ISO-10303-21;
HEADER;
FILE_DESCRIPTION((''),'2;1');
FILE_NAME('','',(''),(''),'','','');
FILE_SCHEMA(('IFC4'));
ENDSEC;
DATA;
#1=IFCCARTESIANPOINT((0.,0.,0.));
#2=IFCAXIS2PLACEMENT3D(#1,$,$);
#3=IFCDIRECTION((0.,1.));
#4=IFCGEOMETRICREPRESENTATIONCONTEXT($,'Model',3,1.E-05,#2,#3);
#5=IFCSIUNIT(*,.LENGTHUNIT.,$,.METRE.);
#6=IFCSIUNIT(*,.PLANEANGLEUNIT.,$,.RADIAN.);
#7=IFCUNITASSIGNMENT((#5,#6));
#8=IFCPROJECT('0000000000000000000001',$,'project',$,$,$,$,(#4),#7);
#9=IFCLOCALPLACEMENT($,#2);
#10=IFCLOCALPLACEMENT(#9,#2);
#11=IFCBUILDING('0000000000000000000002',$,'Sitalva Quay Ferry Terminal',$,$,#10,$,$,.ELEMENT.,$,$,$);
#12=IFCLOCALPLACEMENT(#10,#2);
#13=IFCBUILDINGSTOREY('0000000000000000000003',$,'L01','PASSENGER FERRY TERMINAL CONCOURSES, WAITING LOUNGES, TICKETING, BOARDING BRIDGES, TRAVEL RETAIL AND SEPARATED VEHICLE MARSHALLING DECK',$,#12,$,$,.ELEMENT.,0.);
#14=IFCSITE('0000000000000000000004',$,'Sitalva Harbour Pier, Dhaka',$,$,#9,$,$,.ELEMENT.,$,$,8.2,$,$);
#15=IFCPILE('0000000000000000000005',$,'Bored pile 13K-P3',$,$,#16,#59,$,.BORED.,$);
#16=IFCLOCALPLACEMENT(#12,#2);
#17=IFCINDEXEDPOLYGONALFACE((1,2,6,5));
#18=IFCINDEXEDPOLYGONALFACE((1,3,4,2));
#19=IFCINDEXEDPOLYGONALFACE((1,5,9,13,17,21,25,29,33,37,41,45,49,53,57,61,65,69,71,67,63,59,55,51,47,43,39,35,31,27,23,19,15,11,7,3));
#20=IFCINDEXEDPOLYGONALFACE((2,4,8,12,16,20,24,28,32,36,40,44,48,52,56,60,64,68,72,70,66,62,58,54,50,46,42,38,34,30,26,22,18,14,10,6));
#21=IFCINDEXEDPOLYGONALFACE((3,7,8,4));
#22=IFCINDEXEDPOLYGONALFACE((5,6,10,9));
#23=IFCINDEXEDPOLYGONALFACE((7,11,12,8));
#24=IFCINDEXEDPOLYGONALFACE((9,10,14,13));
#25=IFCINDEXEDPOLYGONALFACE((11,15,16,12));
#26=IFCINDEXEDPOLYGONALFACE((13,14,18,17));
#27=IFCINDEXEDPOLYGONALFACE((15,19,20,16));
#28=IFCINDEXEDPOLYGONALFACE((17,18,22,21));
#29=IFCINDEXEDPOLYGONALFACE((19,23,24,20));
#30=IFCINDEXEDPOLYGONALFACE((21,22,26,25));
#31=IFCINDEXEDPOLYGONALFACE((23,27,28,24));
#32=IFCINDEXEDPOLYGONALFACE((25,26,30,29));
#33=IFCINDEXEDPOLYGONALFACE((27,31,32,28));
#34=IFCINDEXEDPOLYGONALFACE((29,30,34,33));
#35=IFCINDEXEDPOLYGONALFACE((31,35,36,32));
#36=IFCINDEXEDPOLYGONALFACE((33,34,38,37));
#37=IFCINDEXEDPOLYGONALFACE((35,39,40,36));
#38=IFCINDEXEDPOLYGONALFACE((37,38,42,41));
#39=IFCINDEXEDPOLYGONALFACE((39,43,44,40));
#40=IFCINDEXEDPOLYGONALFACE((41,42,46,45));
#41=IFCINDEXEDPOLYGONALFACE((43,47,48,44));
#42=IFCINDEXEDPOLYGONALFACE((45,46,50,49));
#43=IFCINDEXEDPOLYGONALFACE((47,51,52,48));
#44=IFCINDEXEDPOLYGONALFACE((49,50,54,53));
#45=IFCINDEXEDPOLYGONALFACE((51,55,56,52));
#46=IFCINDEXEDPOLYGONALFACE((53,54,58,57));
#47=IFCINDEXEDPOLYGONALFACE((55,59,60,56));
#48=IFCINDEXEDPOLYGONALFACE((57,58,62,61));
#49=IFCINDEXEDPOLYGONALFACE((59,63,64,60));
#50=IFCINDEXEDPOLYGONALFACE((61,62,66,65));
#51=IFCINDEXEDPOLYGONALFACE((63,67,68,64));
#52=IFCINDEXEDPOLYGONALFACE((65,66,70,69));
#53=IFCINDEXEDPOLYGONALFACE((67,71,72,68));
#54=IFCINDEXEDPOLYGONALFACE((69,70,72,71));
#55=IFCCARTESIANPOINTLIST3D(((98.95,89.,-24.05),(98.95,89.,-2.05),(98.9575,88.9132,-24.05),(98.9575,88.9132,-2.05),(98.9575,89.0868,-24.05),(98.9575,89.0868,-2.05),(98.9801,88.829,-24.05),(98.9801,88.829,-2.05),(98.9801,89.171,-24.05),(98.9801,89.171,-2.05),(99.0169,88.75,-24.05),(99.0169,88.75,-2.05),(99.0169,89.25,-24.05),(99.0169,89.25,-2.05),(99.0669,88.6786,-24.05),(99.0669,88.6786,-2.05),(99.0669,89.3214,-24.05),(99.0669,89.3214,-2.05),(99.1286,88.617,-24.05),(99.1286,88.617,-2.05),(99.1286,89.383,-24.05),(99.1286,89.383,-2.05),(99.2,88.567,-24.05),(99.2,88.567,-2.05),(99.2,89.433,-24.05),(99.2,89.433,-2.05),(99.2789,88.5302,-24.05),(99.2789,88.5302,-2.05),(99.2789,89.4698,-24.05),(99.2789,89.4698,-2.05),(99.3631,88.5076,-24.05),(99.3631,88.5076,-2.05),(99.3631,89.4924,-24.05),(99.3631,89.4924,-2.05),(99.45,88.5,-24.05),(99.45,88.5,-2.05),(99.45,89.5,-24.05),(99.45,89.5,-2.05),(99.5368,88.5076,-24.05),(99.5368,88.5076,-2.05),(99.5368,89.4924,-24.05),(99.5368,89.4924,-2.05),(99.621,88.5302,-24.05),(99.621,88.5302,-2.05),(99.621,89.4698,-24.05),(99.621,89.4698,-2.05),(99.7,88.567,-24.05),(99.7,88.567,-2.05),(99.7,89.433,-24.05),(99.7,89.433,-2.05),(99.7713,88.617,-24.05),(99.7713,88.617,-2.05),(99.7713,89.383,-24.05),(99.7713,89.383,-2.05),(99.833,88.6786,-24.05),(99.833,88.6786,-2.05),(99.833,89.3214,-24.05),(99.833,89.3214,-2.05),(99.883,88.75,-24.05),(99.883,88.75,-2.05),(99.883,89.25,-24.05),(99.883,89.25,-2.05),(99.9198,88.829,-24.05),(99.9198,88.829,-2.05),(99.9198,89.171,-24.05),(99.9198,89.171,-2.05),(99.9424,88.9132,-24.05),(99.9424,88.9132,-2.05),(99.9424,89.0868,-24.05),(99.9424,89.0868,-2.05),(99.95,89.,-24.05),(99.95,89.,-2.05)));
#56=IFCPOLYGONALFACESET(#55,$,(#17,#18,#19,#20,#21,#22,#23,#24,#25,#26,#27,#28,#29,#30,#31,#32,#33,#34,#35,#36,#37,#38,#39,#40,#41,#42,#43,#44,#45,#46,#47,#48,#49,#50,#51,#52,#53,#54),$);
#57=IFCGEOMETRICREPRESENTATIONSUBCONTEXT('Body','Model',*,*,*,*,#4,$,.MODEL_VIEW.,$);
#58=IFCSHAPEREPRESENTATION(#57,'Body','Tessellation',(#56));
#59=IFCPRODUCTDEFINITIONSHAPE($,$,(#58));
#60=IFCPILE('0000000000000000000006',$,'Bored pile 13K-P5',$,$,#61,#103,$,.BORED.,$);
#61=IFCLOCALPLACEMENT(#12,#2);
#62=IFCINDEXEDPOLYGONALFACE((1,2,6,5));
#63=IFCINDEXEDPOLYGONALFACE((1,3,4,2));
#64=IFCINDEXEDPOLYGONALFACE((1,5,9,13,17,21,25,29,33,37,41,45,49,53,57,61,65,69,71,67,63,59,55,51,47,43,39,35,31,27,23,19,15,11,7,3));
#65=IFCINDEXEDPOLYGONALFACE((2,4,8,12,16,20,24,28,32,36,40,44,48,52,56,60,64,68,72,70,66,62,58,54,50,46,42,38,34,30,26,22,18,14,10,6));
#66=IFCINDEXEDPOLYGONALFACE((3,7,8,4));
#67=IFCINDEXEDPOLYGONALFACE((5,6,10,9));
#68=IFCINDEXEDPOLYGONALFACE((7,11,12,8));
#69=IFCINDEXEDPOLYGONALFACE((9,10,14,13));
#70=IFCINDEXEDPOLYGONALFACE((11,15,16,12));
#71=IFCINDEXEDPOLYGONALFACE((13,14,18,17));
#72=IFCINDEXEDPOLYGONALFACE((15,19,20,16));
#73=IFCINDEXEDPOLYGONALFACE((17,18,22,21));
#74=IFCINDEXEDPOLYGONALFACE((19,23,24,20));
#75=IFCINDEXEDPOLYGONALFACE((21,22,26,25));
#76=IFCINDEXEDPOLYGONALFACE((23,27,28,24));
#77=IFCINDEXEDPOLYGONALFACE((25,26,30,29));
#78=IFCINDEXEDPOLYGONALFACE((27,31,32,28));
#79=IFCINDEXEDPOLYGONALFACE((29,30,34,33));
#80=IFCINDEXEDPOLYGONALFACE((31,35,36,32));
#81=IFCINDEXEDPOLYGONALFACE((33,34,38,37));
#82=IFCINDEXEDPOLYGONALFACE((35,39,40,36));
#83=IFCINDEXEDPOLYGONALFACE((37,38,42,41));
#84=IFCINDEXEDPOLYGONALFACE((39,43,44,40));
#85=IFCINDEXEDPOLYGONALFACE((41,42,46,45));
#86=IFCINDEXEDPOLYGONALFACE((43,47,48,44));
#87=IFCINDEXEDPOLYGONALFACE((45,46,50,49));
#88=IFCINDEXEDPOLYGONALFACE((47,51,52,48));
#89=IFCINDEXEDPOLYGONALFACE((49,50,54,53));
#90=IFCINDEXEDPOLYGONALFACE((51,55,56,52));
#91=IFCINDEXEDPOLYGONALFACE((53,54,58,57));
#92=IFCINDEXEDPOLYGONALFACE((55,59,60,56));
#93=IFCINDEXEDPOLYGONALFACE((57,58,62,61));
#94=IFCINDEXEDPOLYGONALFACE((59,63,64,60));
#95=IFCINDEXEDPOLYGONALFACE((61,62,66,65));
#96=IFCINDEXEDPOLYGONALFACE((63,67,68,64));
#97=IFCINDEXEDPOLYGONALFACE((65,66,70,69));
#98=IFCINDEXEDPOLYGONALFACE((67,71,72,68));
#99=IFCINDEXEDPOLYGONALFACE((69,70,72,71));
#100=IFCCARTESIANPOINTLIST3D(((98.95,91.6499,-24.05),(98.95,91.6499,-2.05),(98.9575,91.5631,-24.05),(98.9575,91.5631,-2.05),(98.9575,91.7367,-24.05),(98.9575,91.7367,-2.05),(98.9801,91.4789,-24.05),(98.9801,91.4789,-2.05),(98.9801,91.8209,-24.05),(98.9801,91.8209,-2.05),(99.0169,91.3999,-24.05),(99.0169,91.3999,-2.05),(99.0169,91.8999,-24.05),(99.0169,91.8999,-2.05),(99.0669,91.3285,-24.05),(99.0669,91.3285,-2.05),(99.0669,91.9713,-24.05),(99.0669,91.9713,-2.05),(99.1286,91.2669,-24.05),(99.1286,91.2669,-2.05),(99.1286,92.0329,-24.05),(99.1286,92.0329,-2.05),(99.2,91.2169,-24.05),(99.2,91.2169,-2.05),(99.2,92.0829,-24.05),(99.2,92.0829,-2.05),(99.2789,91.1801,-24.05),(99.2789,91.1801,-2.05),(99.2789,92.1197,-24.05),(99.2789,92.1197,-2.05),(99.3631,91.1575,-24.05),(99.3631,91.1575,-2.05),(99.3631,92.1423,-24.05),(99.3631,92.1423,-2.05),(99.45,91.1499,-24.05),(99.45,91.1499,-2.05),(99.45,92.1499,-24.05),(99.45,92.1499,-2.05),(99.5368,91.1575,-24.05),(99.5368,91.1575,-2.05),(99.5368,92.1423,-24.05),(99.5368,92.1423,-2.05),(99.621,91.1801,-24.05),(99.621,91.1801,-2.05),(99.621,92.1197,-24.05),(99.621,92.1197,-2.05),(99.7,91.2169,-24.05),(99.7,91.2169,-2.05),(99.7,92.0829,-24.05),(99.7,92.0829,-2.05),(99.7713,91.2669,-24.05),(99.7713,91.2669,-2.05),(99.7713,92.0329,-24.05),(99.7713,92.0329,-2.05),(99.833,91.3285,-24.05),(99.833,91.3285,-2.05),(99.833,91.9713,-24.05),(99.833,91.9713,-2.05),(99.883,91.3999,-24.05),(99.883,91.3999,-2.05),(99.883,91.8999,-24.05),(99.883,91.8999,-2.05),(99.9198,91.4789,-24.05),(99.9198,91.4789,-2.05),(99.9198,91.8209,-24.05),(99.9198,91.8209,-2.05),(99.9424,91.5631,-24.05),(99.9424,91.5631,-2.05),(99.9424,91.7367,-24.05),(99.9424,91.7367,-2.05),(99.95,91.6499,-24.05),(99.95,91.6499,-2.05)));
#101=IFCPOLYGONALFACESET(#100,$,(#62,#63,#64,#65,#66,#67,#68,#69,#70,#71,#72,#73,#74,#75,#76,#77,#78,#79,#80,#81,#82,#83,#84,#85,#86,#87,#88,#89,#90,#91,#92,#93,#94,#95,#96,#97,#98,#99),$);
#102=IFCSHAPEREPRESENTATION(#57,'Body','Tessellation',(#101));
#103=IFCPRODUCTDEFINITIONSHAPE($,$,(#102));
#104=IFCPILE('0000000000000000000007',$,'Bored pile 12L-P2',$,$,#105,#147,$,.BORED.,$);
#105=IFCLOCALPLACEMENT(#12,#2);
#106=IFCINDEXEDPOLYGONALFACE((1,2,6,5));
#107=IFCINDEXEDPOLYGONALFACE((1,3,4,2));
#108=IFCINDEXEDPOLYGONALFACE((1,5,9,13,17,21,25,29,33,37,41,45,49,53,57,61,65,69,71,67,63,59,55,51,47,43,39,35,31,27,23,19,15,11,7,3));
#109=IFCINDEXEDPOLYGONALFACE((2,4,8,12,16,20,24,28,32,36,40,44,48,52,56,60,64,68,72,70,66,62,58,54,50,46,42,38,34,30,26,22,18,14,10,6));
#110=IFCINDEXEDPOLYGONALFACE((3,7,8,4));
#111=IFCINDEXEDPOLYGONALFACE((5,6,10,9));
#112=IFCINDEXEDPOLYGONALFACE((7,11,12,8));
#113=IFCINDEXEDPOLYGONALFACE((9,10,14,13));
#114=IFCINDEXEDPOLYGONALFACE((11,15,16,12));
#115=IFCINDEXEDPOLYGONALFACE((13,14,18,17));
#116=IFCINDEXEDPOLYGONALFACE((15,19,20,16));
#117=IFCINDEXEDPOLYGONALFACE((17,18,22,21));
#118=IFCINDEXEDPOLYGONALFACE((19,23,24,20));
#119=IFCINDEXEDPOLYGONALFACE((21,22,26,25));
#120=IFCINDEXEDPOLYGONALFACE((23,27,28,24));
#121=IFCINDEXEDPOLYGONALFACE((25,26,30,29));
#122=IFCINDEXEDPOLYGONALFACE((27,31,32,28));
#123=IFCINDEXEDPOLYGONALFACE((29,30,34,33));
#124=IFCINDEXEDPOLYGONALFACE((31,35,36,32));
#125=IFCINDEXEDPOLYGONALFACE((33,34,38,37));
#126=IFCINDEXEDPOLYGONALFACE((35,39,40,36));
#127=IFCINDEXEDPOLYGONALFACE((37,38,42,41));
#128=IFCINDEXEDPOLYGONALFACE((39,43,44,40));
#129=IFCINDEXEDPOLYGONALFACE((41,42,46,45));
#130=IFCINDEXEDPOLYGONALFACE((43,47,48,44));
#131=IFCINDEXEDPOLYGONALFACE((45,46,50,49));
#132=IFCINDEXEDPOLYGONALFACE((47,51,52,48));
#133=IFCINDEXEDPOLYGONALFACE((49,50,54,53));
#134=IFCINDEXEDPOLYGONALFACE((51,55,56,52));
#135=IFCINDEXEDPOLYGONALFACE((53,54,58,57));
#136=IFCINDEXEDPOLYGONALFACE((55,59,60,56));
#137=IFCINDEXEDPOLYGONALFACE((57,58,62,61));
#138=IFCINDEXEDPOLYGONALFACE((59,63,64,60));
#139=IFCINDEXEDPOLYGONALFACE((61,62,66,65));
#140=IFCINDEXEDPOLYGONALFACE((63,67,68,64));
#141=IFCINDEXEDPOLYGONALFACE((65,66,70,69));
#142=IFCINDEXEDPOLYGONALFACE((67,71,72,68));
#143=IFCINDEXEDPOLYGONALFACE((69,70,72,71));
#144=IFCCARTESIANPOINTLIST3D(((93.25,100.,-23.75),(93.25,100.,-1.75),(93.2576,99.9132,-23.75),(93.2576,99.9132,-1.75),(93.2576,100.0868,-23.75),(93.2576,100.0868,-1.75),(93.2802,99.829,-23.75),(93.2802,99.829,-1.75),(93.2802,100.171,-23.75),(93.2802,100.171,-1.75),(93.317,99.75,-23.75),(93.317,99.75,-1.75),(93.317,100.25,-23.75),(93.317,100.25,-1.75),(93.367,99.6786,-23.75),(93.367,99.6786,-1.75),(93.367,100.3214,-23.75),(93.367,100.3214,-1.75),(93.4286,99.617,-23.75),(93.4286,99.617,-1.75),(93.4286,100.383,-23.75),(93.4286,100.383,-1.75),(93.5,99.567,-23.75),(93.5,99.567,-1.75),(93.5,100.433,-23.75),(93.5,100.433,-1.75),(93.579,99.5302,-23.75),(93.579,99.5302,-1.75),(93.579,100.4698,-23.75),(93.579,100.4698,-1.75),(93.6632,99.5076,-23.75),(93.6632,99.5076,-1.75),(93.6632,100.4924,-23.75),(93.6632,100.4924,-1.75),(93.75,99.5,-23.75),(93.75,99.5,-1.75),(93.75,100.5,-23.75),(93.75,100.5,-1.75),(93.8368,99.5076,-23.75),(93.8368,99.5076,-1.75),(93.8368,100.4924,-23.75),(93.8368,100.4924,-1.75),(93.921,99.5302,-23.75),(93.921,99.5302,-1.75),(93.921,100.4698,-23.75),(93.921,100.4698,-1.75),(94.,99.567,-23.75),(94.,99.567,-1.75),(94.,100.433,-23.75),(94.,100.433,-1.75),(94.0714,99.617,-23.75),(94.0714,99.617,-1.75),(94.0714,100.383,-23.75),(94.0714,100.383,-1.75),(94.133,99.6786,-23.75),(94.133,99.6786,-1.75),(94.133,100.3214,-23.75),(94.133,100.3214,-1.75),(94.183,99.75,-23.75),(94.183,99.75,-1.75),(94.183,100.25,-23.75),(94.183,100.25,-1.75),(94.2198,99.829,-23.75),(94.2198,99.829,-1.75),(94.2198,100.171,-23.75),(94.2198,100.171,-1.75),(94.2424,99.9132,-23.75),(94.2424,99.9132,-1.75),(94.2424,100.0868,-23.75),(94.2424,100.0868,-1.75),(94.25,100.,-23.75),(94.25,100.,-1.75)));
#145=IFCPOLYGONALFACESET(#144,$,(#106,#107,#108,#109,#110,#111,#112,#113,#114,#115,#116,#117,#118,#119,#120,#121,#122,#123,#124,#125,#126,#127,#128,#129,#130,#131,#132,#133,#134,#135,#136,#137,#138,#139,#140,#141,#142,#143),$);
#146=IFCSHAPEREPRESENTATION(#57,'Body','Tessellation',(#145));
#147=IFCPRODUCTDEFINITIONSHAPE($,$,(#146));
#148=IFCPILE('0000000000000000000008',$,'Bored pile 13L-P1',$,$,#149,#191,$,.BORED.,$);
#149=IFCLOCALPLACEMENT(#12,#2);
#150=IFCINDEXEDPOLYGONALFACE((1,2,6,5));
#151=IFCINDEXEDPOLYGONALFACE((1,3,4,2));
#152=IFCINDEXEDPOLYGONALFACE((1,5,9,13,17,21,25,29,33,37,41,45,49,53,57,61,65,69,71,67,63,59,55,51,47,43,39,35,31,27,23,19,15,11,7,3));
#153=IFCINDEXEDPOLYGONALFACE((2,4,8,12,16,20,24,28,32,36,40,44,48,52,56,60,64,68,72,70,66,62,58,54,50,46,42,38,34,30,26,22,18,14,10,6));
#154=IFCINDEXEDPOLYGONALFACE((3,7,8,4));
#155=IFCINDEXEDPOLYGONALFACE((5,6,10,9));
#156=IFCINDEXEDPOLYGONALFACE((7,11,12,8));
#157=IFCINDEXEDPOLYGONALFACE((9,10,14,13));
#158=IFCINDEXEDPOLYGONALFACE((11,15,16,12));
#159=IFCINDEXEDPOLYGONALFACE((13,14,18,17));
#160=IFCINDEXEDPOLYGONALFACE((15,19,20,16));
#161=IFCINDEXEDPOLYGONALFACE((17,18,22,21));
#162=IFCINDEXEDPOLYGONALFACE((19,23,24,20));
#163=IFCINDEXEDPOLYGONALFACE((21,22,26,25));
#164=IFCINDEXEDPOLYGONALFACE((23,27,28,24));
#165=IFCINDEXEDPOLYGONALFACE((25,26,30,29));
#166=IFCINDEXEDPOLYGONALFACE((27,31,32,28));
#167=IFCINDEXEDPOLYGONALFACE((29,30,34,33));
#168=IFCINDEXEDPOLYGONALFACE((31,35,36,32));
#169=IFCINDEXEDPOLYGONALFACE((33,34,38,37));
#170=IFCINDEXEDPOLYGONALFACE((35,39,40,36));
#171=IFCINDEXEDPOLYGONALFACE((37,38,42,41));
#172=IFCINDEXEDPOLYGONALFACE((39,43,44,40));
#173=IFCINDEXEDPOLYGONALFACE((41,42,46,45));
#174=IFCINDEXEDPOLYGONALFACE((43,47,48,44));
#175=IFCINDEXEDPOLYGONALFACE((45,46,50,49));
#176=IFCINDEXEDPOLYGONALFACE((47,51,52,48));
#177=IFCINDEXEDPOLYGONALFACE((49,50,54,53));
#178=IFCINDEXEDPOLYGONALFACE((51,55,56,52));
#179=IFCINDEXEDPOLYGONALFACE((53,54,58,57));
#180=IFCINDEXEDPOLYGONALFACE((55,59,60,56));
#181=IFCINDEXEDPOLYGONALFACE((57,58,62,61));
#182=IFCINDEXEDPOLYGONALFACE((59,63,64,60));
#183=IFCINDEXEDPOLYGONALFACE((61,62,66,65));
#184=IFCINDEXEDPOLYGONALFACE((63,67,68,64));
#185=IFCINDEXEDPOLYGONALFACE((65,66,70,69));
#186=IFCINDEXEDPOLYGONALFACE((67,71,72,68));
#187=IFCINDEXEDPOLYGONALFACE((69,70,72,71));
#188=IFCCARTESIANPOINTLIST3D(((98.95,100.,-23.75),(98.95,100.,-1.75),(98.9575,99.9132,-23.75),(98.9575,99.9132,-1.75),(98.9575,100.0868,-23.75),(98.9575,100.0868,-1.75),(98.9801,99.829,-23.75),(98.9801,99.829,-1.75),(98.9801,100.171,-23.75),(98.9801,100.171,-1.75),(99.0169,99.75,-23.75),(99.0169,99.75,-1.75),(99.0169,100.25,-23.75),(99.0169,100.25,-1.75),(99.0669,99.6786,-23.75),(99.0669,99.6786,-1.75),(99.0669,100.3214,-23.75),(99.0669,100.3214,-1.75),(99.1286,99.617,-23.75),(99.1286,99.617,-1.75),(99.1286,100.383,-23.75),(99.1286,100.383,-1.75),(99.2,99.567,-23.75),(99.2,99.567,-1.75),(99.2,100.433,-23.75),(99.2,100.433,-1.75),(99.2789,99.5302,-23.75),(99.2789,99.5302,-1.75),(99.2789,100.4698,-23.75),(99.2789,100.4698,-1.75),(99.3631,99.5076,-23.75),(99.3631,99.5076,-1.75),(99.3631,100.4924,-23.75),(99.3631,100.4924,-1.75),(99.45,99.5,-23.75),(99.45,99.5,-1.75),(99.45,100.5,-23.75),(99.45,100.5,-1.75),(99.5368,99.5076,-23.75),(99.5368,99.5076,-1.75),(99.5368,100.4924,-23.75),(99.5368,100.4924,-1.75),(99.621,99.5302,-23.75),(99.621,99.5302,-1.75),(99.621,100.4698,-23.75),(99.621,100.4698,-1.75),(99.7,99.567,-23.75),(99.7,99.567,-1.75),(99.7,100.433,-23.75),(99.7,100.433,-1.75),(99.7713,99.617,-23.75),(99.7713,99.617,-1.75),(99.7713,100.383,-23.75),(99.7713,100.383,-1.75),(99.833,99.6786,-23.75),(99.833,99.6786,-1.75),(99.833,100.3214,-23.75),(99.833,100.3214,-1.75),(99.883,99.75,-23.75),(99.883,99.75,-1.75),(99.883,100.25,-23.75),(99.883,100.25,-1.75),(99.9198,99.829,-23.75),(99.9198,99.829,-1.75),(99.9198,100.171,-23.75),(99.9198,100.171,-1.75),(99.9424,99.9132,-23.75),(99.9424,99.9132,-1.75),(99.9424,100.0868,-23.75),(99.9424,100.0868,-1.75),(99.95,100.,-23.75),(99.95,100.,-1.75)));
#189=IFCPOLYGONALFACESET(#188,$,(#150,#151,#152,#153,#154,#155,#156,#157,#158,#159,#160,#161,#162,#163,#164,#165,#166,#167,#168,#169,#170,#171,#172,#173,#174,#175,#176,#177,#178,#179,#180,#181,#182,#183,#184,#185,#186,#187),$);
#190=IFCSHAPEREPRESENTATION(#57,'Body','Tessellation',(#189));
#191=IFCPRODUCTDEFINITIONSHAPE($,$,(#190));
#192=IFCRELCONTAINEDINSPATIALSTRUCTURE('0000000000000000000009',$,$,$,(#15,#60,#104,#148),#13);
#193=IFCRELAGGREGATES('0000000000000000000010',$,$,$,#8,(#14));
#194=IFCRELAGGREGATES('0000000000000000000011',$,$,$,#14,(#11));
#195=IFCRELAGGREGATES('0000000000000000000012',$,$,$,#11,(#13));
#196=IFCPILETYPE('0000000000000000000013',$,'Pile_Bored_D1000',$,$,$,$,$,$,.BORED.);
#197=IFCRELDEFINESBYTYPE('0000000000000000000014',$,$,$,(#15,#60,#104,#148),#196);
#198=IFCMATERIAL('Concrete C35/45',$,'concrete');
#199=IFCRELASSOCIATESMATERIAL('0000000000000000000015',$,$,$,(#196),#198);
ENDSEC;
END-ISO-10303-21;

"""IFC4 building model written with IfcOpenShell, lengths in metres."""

from ifc_helpers import new_model, si_unit, direction, frame, origin, origin_2d, place, context, subcontext, project, spatial, circle, extrude, material, material_profile, profile_set, type_object, element, save


model = new_model("IFC4")

# Units and contexts
model_context = context("Model", 3, precision=1e-05, world=origin(), true_north=direction((0.0, 1.0)))
body_context = subcontext(model_context, "Body", "Model", "MODEL_VIEW")
ifc_project = project(units=[si_unit("LENGTHUNIT", "METRE"), si_unit("PLANEANGLEUNIT", "RADIAN")], contexts=[model_context])

# Site, building, storey
site_placement = place(None, origin())
site = spatial("IfcSite", under=ifc_project, at=site_placement, Name="Sitalva Harbour Pier, Dhaka", CompositionType="ELEMENT", RefElevation=8.2)
building_placement = place(site_placement, origin())
building = spatial("IfcBuilding", under=site, at=building_placement, Name="Sitalva Quay Ferry Terminal", CompositionType="ELEMENT")
storey_placement = place(building_placement, origin())
storey = spatial("IfcBuildingStorey", under=building, at=storey_placement, Name="L01", Description="PASSENGER FERRY TERMINAL CONCOURSES, WAITING LOUNGES, TICKETING, BOARDING BRIDGES, TRAVEL RETAIL AND SEPARATED VEHICLE MARSHALLING DECK", CompositionType="ELEMENT", Elevation=0.0)

# Piles
ifc_material_1 = material(Name="Concrete C35/45", Category="concrete")
ifc_material_profile_1 = material_profile(ifc_material_1, circle(Radius=0.5, at=origin_2d()), Name="PILE-D1000")
ifc_profile_set_1 = profile_set([ifc_material_profile_1], Name="Concrete C35/45")
pile_type = type_object("IfcPileType", Name="Pile_Bored_D1000", PredefinedType="BORED", material=ifc_profile_set_1)
for number, where, z_axis, x_axis, name in (
    (1, (99.45, 89.0, -2.05), (0.0, 0.0, -1.0), (1.0, 0.0, 0.0), "Bored pile 13K-P3"),
    (2, (99.45, 91.6499, -2.05), (0.0, 0.0, -1.0), (1.0, 0.0, 0.0), "Bored pile 13K-P5"),
    (3, (93.75, 100.0, -1.75), (0.0, 0.0, -1.0), (1.0, 0.0, 0.0), "Bored pile 12L-P2"),
    (4, (99.45, 100.0, -1.75), (0.0, 0.0, -1.0), (1.0, 0.0, 0.0), "Bored pile 13L-P1"),
):
    element("IfcPile", number, at=place(storey_placement, frame(where, z_axis=z_axis, x_axis=x_axis)), inside=storey, type_object=pile_type, Name=name, PredefinedType="BORED", context=body_context, shape_type="SweptSolid", body=[
        extrude(circle(Radius=0.5, at=origin_2d()), origin(), (0.0, 0.0, 1.0), 22.0),
    ])

save(model, "model.ifc")
